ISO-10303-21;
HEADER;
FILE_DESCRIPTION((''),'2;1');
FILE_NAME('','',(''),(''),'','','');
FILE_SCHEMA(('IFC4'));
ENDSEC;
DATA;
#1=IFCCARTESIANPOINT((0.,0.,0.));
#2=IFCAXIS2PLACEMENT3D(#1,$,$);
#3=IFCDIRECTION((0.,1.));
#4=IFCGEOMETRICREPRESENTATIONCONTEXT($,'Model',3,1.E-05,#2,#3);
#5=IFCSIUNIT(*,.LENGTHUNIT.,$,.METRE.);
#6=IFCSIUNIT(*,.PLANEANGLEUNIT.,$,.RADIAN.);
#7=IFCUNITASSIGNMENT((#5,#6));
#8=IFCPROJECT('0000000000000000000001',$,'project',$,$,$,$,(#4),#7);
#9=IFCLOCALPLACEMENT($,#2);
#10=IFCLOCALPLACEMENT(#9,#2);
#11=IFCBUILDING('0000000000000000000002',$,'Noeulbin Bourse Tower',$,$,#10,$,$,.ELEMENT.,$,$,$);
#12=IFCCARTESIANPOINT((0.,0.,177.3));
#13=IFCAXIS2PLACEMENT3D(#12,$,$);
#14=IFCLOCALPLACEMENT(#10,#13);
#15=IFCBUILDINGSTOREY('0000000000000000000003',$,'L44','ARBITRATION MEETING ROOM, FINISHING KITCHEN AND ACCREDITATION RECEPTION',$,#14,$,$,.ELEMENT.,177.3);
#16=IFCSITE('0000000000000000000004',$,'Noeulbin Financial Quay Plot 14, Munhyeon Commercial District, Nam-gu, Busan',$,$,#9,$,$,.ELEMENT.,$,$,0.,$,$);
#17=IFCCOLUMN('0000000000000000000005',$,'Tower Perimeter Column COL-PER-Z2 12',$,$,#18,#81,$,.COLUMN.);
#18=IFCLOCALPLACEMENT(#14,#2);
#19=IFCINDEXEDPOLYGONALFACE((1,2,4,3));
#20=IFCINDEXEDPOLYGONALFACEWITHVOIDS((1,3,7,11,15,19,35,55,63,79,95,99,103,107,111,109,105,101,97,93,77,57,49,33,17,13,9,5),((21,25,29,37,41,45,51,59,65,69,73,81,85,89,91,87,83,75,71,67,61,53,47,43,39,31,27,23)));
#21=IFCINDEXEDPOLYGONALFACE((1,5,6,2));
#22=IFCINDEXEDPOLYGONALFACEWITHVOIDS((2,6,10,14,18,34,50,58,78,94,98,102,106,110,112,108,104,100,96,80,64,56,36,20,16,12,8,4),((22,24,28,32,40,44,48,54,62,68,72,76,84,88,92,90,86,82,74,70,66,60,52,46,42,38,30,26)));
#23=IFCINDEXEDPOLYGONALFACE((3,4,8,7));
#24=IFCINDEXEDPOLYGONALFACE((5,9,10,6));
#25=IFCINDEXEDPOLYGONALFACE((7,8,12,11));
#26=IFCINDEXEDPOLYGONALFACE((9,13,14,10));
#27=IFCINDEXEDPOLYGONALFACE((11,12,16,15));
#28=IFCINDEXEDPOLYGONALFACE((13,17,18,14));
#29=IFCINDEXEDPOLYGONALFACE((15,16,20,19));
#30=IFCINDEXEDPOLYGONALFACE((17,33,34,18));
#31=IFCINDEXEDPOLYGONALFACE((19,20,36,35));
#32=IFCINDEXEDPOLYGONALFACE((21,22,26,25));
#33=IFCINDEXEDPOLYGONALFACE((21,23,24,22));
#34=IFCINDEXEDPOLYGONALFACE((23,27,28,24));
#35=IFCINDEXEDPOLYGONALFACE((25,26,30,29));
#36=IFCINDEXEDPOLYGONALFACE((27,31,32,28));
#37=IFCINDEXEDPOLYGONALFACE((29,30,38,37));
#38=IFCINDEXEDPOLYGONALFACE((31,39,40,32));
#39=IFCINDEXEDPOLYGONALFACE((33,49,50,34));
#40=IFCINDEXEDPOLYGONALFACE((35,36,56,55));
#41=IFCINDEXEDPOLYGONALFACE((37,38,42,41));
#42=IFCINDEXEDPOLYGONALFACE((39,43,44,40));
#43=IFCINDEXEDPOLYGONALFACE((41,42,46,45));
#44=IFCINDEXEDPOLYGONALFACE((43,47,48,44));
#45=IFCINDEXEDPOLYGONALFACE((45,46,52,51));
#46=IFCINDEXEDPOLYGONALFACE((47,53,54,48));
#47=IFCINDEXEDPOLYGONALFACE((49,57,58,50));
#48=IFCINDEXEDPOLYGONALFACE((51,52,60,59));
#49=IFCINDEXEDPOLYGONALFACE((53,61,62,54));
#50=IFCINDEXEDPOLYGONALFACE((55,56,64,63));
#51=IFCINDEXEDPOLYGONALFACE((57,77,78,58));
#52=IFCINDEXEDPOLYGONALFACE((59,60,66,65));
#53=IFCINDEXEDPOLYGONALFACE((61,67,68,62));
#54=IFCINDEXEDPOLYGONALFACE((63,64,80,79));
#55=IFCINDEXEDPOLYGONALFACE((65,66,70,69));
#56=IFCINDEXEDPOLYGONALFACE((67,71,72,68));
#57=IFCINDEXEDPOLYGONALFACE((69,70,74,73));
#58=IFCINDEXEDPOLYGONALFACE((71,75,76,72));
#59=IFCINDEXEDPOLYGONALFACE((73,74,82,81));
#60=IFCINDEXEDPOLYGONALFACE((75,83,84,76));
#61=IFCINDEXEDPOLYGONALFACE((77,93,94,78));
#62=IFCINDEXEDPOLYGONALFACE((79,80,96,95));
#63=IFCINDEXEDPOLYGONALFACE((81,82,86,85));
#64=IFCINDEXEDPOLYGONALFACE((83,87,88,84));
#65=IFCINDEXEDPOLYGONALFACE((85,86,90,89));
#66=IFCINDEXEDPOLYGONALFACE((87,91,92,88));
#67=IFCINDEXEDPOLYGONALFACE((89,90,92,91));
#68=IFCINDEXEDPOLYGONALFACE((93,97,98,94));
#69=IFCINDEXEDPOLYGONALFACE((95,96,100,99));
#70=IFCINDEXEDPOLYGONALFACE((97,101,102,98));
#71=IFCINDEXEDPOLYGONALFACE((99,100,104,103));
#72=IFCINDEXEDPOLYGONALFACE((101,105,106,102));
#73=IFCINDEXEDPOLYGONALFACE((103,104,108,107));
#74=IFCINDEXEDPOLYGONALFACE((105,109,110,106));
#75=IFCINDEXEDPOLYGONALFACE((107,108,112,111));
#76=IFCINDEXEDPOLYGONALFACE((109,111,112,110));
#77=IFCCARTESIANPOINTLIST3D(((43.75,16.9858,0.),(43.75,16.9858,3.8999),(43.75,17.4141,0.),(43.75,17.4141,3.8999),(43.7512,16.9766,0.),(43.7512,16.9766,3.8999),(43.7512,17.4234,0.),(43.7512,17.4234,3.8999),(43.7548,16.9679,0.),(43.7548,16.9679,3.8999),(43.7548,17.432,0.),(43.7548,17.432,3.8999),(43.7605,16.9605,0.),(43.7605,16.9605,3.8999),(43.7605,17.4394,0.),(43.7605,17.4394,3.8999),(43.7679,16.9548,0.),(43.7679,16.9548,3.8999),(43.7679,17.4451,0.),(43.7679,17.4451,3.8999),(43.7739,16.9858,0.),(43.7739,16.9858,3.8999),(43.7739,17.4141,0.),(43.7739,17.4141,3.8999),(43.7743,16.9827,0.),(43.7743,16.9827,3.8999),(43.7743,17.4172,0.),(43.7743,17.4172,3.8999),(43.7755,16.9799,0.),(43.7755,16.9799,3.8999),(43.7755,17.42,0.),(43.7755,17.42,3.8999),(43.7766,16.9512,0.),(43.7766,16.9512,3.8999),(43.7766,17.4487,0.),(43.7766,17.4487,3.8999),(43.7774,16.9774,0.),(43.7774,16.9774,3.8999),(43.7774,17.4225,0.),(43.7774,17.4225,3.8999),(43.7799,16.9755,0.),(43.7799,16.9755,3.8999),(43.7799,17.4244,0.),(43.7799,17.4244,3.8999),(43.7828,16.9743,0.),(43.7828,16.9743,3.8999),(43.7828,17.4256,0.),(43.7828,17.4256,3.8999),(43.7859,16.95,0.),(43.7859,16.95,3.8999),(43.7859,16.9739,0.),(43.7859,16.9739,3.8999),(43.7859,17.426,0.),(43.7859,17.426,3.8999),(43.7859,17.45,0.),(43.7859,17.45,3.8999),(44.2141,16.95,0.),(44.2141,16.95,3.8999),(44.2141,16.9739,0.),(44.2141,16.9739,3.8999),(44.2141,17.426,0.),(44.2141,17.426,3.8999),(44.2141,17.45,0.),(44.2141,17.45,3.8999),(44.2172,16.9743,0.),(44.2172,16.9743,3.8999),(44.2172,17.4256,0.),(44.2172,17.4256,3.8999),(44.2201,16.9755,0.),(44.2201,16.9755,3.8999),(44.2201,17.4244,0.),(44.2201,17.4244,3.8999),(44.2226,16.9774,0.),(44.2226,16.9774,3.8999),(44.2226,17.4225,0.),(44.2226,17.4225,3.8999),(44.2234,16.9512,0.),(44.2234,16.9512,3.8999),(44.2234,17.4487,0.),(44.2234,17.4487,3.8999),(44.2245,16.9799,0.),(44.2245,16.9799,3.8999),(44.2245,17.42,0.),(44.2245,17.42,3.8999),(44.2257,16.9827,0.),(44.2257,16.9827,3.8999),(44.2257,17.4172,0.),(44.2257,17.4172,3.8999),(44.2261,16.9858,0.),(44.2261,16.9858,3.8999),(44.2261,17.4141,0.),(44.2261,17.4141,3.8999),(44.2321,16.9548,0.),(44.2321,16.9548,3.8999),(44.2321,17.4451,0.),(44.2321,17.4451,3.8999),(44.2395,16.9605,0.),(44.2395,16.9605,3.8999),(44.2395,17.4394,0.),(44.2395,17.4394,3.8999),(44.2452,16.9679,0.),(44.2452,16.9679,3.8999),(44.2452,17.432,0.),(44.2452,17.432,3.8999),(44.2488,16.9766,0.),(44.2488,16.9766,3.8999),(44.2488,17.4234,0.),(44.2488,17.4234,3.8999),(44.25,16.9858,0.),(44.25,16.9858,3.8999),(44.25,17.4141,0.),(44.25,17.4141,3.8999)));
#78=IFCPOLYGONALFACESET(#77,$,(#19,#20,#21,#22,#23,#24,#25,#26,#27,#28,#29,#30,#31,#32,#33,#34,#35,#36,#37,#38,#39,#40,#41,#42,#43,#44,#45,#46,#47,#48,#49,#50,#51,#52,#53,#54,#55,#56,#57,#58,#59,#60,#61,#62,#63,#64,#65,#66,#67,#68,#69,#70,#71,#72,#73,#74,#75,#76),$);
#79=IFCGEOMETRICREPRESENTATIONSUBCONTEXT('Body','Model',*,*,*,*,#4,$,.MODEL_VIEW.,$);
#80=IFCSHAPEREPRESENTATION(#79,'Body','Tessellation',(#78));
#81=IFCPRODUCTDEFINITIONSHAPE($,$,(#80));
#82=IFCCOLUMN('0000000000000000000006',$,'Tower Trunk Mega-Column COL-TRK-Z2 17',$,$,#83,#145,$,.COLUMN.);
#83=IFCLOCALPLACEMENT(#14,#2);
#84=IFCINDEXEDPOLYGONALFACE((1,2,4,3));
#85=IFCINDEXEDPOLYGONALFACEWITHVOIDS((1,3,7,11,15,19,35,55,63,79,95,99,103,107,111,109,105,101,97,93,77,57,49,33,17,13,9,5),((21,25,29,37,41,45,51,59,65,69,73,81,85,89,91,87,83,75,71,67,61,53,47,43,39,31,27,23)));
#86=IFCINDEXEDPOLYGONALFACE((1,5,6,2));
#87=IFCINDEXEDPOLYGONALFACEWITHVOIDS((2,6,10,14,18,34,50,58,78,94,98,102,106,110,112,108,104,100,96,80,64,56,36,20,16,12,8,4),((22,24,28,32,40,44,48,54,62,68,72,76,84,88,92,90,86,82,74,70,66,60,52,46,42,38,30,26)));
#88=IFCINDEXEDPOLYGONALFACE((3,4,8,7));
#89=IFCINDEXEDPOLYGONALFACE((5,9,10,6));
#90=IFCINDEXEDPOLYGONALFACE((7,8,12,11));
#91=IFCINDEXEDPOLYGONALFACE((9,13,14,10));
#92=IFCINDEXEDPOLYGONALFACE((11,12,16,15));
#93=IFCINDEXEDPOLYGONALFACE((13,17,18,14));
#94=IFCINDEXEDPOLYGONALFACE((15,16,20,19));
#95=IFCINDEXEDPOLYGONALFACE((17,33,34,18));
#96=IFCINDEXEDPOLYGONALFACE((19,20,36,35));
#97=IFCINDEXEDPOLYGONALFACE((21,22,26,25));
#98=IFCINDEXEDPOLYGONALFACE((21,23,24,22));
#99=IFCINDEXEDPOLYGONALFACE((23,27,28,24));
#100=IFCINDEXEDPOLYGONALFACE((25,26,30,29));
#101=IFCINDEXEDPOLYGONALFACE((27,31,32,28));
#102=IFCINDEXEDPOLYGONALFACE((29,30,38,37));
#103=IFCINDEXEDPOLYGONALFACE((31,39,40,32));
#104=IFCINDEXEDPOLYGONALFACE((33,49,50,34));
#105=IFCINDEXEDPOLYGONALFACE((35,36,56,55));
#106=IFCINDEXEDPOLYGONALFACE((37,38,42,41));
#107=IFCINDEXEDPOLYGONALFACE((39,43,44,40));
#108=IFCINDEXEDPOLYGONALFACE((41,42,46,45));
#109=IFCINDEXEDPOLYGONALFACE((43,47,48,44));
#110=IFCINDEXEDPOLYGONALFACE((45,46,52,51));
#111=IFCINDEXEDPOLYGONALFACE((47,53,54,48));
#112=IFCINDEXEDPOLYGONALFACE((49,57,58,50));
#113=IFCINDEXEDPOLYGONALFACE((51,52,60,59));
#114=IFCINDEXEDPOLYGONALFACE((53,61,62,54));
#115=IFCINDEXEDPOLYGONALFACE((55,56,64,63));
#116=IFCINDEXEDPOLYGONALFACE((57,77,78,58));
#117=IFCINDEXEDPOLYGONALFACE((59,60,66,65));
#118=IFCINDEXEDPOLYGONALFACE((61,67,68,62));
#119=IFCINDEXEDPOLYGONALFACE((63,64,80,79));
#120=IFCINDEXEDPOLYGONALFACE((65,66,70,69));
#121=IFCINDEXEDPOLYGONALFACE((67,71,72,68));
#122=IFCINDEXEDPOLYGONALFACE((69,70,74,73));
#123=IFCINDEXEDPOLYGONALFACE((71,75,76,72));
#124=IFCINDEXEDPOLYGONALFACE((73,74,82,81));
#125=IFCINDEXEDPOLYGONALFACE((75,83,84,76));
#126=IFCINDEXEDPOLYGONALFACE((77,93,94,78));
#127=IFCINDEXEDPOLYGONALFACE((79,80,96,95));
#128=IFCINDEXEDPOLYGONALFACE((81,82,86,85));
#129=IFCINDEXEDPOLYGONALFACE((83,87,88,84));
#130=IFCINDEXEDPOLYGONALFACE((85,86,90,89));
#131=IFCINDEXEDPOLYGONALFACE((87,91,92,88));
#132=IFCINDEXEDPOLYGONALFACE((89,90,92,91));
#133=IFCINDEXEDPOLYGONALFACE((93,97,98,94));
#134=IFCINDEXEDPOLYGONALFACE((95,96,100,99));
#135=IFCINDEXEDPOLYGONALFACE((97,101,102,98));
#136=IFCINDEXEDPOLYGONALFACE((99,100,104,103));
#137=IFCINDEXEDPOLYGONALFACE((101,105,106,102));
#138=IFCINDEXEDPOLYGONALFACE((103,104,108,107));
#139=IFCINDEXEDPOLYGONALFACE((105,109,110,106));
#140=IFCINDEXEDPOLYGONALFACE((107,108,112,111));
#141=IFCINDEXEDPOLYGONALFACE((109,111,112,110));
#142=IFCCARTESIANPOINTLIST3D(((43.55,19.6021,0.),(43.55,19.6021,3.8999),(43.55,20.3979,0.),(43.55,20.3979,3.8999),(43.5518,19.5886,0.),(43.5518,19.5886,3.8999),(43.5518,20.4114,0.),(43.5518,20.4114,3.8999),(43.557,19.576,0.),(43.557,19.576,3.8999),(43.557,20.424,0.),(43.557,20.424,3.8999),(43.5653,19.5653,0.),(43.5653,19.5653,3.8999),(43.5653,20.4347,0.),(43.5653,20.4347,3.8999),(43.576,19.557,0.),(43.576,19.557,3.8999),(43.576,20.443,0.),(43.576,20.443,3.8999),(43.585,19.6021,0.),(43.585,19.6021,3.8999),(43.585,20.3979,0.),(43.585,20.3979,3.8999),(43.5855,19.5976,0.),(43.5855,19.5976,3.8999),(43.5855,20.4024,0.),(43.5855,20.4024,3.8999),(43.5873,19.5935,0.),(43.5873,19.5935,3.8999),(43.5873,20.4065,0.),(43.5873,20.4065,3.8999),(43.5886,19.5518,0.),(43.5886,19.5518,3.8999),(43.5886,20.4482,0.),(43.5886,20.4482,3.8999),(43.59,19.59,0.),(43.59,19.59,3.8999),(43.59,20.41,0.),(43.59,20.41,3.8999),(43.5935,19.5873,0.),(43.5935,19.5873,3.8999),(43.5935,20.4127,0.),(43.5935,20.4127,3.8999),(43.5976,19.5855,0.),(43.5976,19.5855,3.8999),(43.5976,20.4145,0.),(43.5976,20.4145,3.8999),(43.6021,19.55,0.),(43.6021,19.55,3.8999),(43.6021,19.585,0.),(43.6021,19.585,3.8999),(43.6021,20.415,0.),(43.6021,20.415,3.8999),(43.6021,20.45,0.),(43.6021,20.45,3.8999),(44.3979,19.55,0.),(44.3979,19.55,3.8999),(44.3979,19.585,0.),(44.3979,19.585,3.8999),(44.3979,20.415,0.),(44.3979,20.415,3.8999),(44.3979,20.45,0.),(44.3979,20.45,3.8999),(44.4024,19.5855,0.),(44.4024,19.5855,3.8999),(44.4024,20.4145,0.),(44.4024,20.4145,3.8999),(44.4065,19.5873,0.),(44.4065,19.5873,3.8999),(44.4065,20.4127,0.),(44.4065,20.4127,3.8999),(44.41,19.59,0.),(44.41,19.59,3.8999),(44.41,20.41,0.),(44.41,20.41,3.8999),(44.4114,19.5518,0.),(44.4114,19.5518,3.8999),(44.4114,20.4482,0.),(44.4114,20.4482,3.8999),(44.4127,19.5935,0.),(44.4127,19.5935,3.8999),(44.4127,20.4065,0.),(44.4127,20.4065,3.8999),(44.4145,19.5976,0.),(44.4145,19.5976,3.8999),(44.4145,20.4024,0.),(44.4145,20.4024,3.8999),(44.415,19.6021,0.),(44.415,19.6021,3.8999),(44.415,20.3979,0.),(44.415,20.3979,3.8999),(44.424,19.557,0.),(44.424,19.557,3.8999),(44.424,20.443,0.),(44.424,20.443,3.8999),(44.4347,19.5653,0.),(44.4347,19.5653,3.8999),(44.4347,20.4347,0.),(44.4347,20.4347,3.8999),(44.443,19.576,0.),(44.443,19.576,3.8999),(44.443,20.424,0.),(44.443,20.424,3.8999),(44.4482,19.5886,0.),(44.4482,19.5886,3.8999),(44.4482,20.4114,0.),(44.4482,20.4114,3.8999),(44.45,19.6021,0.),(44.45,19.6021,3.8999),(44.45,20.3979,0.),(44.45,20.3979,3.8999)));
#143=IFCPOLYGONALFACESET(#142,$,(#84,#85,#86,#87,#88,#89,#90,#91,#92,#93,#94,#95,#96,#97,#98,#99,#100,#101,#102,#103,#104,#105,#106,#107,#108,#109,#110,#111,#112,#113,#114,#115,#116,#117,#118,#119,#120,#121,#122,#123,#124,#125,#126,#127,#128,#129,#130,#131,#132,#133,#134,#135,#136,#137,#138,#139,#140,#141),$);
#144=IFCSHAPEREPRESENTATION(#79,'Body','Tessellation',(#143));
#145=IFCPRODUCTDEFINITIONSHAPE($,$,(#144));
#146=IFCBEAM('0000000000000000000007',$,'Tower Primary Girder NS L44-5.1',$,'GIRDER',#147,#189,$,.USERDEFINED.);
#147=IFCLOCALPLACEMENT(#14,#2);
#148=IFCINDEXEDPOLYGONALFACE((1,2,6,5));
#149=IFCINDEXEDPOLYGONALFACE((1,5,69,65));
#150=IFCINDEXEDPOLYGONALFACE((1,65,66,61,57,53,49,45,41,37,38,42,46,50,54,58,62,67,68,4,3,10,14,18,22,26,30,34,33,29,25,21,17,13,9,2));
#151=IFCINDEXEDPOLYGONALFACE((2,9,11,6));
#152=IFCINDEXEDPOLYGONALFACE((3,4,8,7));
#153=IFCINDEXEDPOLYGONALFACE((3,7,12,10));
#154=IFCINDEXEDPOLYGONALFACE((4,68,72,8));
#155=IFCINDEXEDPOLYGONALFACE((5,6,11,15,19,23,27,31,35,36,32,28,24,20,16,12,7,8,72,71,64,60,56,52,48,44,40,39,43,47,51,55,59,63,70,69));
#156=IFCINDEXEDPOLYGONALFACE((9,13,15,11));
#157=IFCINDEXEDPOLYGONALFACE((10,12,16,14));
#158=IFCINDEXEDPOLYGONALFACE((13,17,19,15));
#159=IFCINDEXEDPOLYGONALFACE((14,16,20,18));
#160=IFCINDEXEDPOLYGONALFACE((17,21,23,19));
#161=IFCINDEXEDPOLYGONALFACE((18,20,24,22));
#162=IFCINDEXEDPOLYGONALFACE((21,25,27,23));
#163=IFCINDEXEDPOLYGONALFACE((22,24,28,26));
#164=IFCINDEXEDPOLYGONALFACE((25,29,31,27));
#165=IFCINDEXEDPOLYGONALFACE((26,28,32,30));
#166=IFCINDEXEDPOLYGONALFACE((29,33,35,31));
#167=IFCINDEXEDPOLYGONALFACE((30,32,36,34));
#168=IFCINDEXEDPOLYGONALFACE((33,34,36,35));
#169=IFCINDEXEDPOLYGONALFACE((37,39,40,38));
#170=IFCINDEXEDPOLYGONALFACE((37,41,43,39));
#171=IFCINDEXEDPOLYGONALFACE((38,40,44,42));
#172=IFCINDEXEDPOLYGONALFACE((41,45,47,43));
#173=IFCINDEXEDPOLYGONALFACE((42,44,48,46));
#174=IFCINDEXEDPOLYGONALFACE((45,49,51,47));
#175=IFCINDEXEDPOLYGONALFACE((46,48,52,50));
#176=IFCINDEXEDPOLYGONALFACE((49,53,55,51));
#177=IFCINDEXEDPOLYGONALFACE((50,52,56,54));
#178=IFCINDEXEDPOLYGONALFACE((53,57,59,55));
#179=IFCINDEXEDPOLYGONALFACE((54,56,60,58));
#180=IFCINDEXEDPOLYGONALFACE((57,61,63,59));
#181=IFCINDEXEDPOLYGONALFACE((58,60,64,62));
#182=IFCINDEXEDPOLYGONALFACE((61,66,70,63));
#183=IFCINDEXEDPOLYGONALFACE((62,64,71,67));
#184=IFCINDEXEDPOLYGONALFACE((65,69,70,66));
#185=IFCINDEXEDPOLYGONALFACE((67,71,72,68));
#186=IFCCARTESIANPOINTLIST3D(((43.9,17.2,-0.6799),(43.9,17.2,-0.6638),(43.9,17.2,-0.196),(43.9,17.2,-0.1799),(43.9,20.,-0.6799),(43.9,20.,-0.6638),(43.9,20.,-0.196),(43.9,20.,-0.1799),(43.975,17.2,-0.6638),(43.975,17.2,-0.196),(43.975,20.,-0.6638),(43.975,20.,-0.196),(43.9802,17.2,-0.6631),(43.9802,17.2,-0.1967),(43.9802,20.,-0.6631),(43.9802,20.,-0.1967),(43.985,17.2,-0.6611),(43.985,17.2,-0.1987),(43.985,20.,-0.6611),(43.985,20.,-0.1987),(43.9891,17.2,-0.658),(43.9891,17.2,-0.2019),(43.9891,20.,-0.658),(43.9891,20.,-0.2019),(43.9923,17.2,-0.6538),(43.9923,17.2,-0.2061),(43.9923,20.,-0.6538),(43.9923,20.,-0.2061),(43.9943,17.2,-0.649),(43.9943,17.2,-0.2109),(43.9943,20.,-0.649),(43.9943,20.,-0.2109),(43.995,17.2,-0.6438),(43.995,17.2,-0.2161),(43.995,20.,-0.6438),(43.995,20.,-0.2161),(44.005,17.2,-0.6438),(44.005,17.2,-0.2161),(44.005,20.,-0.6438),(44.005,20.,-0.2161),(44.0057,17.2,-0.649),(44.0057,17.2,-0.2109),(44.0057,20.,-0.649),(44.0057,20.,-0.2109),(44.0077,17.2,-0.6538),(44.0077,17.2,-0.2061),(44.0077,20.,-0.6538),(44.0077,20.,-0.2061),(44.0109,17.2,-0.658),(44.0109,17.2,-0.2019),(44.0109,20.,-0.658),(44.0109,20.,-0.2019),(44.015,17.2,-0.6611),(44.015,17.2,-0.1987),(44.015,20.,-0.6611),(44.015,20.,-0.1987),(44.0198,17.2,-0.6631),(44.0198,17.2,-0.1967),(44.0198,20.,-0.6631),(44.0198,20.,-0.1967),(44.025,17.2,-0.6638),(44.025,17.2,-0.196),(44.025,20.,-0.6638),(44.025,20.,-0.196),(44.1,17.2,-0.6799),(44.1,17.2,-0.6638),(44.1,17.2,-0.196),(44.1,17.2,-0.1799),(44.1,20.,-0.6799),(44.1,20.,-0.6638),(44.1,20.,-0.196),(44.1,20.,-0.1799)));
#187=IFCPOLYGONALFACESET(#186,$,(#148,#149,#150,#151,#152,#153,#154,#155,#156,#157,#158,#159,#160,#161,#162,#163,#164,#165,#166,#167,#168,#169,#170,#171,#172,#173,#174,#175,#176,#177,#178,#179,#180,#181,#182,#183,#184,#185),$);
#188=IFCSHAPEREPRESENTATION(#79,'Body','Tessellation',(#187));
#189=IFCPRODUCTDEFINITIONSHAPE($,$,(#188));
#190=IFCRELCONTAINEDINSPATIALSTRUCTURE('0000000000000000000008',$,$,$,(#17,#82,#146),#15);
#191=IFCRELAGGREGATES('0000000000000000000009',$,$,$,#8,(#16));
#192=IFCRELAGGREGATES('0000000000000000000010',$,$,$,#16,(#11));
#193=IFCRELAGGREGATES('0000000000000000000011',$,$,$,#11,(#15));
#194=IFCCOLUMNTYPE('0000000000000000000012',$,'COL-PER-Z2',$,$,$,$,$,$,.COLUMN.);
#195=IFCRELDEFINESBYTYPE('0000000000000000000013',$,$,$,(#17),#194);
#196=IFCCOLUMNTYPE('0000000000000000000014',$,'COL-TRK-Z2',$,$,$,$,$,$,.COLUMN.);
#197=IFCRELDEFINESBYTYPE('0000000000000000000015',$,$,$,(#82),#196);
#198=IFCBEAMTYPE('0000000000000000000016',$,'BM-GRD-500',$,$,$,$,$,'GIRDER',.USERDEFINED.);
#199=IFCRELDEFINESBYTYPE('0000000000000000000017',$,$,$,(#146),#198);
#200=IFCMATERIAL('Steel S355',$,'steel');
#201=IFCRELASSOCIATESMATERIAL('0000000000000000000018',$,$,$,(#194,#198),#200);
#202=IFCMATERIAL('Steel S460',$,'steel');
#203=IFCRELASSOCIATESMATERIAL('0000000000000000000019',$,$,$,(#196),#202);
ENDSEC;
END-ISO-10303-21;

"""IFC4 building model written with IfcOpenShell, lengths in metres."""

from ifc_helpers import new_model, si_unit, direction, frame, origin, origin_2d, place, context, subcontext, project, spatial, hollow_rectangle, i_section, extrude, material, material_profile, profile_set, type_object, element, save


model = new_model("IFC4")

# Units and contexts
model_context = context("Model", 3, precision=1e-05, world=origin(), true_north=direction((0.0, 1.0)))
body_context = subcontext(model_context, "Body", "Model", "MODEL_VIEW")
ifc_project = project(units=[si_unit("LENGTHUNIT", "METRE"), si_unit("PLANEANGLEUNIT", "RADIAN")], contexts=[model_context])

# Site, building, storey
site_placement = place(None, origin())
site = spatial("IfcSite", under=ifc_project, at=site_placement, Name="Noeulbin Financial Quay Plot 14, Munhyeon Commercial District, Nam-gu, Busan", CompositionType="ELEMENT", RefElevation=0.0)
building_placement = place(site_placement, origin())
building = spatial("IfcBuilding", under=site, at=building_placement, Name="Noeulbin Bourse Tower", CompositionType="ELEMENT")
storey_placement = place(building_placement, frame((0.0, 0.0, 177.3)))
storey = spatial("IfcBuildingStorey", under=building, at=storey_placement, Name="L44", Description="ARBITRATION MEETING ROOM, FINISHING KITCHEN AND ACCREDITATION RECEPTION", CompositionType="ELEMENT", Elevation=177.3)

# Columns
ifc_material_1 = material(Name="Steel S355", Category="steel")
ifc_material_profile_1 = material_profile(ifc_material_1, hollow_rectangle(XDim=0.5, YDim=0.5, WallThickness=0.0239, InnerFilletRadius=0.012, OuterFilletRadius=0.0359, at=origin_2d()), Name="BOX-500x500x24", Category="LoadBearing")
ifc_profile_set_1 = profile_set([ifc_material_profile_1], Name="Steel S355")
column_type_1 = type_object("IfcColumnType", Name="COL-PER-Z2", PredefinedType="COLUMN", material=ifc_profile_set_1)
column_1_placement = place(storey_placement, frame((44.0, 17.2, 0.0), z_axis=(0.0, 0.0, 1.0), x_axis=(1.0, 0.0, 0.0)))
element("IfcColumn", 1, at=column_1_placement, inside=storey, type_object=column_type_1, Name="Tower Perimeter Column COL-PER-Z2 12", PredefinedType="COLUMN", context=body_context, shape_type="SweptSolid", body=[
    extrude(hollow_rectangle(XDim=0.5, YDim=0.5, WallThickness=0.0239, InnerFilletRadius=0.012, OuterFilletRadius=0.0359, at=origin_2d()), origin(), (0.0, 0.0, 1.0), 3.8999),
])
ifc_material_2 = material(Name="Steel S460", Category="steel")
ifc_material_profile_2 = material_profile(ifc_material_2, hollow_rectangle(XDim=0.8999, YDim=0.8999, WallThickness=0.0349, InnerFilletRadius=0.0171, OuterFilletRadius=0.052, at=origin_2d()), Name="BOX-900x900x35", Category="LoadBearing")
ifc_profile_set_2 = profile_set([ifc_material_profile_2], Name="Steel S460")
column_type_2 = type_object("IfcColumnType", Name="COL-TRK-Z2", PredefinedType="COLUMN", material=ifc_profile_set_2)
column_2_placement = place(storey_placement, frame((44.0, 20.0, 0.0), z_axis=(0.0, 0.0, 1.0), x_axis=(1.0, 0.0, 0.0)))
element("IfcColumn", 2, at=column_2_placement, inside=storey, type_object=column_type_2, Name="Tower Trunk Mega-Column COL-TRK-Z2 17", PredefinedType="COLUMN", context=body_context, shape_type="SweptSolid", body=[
    extrude(hollow_rectangle(XDim=0.8999, YDim=0.8999, WallThickness=0.0349, InnerFilletRadius=0.0171, OuterFilletRadius=0.052, at=origin_2d()), origin(), (0.0, 0.0, 1.0), 3.8999),
])

# Beam
ifc_material_profile_3 = material_profile(ifc_material_1, i_section(OverallWidth=0.2, OverallDepth=0.5, WebThickness=0.01, FlangeThickness=0.0161, FilletRadius=0.02, at=origin_2d()), Name="H-500x200x10x16", Category="LoadBearing")
ifc_profile_set_3 = profile_set([ifc_material_profile_3], Name="Steel S355")
beam_type_1 = type_object("IfcBeamType", Name="BM-GRD-500", ElementType="GIRDER", PredefinedType="USERDEFINED", material=ifc_profile_set_3)
beam_1_placement = place(storey_placement, frame((44.0, 17.2, -0.4299), z_axis=(0.0, 1.0, 0.0), x_axis=(-1.0, 0.0, 0.0)))
element("IfcBeam", 3, at=beam_1_placement, inside=storey, type_object=beam_type_1, Name="Tower Primary Girder NS L44-5.1", ObjectType="GIRDER", PredefinedType="USERDEFINED", context=body_context, shape_type="SweptSolid", body=[
    extrude(i_section(OverallWidth=0.2, OverallDepth=0.5, WebThickness=0.01, FlangeThickness=0.0161, FilletRadius=0.02, at=origin_2d()), origin(), (0.0, 0.0, 1.0), 2.8),
])

save(model, "model.ifc")
